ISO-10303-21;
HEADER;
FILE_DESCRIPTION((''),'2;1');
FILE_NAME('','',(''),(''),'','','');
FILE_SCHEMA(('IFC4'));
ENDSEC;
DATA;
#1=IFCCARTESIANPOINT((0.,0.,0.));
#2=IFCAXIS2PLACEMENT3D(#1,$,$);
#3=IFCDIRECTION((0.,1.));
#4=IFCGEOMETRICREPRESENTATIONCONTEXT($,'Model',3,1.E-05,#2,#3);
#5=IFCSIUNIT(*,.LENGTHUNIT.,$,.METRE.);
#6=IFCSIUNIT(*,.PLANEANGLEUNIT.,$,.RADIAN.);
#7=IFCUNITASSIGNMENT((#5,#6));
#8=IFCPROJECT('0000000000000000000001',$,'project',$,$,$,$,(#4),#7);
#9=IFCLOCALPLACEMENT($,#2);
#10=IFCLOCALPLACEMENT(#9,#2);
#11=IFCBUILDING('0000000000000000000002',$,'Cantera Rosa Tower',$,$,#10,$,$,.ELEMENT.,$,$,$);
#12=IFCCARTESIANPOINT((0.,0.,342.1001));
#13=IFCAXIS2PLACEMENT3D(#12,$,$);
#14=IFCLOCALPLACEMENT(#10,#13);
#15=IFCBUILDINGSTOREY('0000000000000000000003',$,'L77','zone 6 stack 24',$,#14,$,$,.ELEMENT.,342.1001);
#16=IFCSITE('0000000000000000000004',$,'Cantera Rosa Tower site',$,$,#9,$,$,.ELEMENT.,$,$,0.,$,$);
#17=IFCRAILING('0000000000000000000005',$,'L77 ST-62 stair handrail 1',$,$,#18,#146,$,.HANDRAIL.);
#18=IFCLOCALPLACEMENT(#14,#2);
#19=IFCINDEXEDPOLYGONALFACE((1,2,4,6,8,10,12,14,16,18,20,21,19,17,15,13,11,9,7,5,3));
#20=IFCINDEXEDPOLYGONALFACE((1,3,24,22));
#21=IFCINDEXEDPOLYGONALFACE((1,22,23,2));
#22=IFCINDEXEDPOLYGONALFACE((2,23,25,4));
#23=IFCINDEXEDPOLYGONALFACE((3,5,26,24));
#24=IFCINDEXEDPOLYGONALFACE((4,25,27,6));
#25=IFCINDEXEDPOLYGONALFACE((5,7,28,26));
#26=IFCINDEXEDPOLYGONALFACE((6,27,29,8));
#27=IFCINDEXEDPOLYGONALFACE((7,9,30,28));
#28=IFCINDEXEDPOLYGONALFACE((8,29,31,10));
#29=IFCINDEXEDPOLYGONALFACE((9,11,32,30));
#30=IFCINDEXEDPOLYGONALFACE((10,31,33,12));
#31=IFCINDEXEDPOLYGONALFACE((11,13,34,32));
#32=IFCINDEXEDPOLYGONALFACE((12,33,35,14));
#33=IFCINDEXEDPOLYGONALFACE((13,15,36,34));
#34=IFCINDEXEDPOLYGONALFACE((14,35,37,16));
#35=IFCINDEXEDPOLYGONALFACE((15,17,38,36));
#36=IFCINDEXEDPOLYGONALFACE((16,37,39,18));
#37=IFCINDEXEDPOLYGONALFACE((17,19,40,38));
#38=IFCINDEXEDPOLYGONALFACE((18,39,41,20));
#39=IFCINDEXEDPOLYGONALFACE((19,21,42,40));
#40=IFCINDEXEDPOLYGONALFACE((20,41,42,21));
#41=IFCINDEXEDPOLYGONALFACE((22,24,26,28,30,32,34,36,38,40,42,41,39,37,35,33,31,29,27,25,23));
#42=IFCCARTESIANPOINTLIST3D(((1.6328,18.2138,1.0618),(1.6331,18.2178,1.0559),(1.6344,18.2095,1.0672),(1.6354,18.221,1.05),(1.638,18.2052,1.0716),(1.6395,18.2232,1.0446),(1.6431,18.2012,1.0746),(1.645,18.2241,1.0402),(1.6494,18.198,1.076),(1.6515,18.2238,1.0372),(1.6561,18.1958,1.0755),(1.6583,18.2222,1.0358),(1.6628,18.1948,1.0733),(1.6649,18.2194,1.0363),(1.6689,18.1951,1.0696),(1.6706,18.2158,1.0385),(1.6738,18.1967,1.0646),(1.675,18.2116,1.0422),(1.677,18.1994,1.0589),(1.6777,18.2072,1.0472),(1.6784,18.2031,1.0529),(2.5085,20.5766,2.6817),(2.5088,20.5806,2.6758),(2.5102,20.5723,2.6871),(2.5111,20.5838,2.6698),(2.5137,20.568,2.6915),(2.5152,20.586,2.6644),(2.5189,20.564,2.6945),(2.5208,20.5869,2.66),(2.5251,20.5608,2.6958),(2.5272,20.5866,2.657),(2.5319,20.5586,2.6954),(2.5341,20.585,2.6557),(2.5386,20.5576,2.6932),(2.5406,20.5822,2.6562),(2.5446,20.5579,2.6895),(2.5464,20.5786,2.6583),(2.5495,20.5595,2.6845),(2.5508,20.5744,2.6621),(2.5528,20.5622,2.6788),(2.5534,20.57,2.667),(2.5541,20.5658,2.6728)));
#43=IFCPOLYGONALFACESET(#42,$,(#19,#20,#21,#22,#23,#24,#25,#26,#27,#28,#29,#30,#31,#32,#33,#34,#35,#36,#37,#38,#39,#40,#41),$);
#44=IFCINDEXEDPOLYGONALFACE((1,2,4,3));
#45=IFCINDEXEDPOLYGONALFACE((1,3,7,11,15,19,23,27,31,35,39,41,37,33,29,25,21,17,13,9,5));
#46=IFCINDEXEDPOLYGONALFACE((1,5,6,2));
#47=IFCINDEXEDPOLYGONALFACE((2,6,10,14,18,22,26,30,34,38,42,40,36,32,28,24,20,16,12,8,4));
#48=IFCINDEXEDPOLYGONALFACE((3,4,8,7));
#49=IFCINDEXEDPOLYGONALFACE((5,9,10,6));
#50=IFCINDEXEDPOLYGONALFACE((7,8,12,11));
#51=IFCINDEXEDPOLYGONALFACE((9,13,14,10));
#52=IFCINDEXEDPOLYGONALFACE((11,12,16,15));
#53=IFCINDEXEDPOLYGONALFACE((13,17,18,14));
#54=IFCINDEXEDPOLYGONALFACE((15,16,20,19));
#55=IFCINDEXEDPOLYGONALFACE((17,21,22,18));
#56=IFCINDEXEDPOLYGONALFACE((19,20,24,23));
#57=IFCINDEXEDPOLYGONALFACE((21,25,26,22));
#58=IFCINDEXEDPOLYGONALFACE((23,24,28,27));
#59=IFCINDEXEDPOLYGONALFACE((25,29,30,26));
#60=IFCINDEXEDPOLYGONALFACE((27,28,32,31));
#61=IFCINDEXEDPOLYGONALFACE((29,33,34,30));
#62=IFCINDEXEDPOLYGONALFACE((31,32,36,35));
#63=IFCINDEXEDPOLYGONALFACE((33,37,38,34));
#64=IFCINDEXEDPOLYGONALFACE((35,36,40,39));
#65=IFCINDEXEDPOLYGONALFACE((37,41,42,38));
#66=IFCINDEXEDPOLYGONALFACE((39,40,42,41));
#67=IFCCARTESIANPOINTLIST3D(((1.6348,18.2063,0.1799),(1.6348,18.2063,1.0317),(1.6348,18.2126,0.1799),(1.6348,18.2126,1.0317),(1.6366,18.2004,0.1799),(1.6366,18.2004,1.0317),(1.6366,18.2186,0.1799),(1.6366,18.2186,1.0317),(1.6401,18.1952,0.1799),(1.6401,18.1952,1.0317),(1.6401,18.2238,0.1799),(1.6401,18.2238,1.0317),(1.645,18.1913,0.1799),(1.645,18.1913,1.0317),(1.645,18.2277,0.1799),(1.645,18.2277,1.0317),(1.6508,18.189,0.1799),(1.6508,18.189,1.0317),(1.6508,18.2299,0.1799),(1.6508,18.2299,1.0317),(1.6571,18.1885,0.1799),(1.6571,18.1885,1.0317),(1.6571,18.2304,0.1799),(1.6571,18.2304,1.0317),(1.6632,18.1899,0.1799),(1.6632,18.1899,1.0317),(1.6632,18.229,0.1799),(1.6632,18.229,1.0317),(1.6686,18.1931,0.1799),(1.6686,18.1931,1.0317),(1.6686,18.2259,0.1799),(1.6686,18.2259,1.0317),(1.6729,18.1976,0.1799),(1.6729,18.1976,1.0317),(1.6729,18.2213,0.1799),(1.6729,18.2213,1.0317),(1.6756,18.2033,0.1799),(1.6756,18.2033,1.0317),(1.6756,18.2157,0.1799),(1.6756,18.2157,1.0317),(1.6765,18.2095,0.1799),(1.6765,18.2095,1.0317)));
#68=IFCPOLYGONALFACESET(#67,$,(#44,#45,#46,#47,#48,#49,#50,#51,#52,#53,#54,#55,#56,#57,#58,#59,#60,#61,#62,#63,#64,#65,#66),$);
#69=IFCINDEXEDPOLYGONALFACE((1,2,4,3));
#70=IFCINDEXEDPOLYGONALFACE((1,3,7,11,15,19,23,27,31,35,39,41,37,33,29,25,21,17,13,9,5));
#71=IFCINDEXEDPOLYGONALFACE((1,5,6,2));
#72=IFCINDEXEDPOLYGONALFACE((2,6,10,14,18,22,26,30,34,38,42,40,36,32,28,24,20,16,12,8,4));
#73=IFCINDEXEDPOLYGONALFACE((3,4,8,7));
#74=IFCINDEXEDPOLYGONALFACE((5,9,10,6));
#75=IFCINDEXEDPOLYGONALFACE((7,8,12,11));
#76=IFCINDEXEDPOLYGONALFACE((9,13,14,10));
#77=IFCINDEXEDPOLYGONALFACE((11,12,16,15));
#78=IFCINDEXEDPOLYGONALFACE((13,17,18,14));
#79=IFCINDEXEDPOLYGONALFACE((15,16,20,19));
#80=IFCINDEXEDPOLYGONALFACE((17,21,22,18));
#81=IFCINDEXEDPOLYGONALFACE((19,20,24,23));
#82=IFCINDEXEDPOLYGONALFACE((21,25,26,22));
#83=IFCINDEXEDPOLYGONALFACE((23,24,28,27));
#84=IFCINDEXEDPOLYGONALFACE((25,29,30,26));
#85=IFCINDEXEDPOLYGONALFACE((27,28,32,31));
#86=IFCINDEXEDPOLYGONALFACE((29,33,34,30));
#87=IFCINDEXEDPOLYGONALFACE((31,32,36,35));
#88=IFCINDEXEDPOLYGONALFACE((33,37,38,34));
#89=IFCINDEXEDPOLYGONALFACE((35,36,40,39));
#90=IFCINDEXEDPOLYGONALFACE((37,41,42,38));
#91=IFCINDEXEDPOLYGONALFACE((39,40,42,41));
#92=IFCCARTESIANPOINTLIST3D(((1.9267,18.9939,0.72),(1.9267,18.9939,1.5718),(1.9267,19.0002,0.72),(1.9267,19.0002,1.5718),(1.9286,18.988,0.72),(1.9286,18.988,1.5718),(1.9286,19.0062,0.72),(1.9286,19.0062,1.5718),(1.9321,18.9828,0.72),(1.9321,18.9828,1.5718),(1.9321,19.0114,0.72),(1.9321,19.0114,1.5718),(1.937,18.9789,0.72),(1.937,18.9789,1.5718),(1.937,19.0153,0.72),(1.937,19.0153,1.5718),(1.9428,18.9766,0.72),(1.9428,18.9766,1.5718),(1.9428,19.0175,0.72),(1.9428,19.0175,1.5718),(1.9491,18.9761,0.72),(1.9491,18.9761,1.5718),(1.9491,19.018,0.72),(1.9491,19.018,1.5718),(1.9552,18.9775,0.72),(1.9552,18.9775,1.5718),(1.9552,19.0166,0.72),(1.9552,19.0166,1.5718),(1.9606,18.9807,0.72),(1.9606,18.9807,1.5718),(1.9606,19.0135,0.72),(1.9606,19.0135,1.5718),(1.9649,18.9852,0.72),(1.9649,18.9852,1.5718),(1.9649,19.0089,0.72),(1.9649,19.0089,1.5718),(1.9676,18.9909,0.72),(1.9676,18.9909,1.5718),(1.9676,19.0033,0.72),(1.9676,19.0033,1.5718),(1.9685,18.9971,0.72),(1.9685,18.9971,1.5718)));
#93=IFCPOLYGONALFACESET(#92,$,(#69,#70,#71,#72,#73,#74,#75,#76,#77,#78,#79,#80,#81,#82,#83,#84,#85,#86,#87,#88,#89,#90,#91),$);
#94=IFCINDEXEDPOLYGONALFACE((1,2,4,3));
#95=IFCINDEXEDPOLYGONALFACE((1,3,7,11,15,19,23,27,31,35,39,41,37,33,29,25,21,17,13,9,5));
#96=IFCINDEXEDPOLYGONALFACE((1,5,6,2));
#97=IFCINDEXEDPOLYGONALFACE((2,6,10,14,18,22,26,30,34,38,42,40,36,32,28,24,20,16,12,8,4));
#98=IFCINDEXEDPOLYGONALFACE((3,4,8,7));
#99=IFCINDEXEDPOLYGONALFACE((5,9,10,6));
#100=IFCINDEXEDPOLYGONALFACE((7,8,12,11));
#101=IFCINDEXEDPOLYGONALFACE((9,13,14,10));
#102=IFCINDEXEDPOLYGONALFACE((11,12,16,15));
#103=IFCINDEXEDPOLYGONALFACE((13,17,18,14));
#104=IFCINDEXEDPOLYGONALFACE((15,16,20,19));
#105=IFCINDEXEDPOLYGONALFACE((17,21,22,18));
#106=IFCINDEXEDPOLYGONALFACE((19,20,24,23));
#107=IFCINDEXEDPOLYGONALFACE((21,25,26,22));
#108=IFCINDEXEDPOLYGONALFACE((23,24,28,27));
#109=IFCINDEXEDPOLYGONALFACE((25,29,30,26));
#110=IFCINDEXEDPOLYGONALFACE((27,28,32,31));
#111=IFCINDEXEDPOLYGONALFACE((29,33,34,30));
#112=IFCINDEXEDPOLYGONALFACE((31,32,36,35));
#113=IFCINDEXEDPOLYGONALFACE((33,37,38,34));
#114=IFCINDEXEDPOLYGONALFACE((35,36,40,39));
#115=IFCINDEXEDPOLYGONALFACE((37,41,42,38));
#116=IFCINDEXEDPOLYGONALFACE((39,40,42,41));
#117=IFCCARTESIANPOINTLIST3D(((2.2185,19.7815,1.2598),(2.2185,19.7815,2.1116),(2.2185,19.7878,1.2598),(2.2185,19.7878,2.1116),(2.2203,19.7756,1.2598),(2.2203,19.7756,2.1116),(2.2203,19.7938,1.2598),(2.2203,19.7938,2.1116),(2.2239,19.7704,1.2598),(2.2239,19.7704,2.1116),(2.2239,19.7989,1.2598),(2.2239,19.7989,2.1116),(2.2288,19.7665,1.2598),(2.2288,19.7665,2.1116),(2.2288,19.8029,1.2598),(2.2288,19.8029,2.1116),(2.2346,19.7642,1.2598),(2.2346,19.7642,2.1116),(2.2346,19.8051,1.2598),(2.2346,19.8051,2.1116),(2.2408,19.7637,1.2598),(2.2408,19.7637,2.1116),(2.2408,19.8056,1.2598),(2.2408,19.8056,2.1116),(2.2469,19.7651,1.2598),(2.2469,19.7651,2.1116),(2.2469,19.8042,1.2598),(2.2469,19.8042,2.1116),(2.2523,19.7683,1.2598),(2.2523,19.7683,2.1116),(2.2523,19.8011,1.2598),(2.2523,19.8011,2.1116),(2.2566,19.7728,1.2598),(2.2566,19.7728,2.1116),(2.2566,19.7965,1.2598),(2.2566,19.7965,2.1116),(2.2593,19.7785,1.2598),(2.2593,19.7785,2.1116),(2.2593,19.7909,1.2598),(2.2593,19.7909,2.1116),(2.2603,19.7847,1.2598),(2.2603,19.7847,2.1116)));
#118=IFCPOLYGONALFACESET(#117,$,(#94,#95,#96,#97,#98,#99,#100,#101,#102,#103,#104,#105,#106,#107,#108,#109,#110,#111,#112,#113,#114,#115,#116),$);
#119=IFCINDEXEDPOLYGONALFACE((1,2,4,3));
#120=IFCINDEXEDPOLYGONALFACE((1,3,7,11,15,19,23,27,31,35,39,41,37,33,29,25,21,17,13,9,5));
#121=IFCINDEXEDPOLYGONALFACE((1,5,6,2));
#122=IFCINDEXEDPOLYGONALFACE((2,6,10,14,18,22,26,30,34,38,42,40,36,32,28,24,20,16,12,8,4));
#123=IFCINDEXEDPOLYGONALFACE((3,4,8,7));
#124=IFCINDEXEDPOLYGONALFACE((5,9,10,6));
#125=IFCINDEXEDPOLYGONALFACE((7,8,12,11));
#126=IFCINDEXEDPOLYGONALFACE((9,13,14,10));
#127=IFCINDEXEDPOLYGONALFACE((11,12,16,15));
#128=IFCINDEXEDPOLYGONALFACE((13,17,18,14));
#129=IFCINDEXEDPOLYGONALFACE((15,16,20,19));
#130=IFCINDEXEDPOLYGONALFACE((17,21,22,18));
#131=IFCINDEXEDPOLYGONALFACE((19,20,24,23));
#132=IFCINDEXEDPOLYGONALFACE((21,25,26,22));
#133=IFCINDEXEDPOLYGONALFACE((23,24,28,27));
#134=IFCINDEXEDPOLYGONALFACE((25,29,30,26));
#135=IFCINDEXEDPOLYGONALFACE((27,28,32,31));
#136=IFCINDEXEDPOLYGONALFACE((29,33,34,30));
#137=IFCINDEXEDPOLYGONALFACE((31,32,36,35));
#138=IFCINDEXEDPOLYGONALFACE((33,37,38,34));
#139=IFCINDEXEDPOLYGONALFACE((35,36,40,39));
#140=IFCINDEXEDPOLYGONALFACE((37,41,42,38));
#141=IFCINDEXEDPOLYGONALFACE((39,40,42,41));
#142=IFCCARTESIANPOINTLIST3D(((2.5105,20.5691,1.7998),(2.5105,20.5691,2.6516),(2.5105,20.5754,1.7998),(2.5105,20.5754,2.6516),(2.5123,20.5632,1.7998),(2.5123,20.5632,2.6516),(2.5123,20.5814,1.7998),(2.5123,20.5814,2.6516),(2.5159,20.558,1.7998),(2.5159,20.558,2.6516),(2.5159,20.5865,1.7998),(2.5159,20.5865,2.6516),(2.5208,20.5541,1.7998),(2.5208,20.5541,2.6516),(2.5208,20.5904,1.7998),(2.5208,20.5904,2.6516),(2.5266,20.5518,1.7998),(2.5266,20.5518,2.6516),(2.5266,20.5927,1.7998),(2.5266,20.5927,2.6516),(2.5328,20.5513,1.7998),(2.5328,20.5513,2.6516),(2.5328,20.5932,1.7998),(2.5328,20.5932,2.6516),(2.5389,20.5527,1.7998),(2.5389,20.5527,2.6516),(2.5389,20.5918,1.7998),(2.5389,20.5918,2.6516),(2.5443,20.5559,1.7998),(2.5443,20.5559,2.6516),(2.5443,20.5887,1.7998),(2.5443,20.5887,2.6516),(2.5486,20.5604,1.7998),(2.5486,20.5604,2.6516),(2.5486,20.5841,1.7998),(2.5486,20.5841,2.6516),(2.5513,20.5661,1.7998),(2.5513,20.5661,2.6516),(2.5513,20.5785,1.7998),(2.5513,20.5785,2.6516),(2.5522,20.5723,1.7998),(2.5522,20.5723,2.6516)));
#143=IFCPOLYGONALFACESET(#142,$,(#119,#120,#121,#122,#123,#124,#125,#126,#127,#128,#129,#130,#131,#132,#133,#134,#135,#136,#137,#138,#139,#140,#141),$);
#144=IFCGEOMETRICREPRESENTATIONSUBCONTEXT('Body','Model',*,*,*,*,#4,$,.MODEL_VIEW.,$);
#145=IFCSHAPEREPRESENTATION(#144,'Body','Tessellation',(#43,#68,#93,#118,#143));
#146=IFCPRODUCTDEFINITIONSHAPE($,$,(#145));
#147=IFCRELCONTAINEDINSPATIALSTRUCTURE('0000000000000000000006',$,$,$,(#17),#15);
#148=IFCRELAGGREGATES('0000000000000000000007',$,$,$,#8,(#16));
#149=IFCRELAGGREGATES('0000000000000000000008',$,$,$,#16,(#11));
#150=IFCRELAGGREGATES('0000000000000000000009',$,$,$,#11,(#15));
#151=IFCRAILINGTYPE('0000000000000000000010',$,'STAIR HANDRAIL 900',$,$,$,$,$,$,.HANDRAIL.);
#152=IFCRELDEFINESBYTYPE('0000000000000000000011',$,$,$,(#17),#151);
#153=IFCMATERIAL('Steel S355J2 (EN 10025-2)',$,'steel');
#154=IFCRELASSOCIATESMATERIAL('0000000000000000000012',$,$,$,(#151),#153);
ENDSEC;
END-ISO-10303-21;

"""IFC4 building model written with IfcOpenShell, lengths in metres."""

from ifc_helpers import new_model, si_unit, direction, frame, origin, origin_2d, place, context, subcontext, project, spatial, circle, extrude, material, type_object, element, save


model = new_model("IFC4")

# Units and contexts
model_context = context("Model", 3, precision=1e-05, world=origin(), true_north=direction((0.0, 1.0)))
body_context = subcontext(model_context, "Body", "Model", "MODEL_VIEW")
ifc_project = project(units=[si_unit("LENGTHUNIT", "METRE"), si_unit("PLANEANGLEUNIT", "RADIAN")], contexts=[model_context])

# Site, building, storey
site_placement = place(None, origin())
site = spatial("IfcSite", under=ifc_project, at=site_placement, Name="Cantera Rosa Tower site", CompositionType="ELEMENT", RefElevation=0.0)
building_placement = place(site_placement, origin())
building = spatial("IfcBuilding", under=site, at=building_placement, Name="Cantera Rosa Tower", CompositionType="ELEMENT")
storey_placement = place(building_placement, frame((0.0, 0.0, 342.1001)))
storey = spatial("IfcBuildingStorey", under=building, at=storey_placement, Name="L77", Description="zone 6 stack 24", CompositionType="ELEMENT", Elevation=342.1001)

# Railing
ifc_material_1 = material(Name="Steel S355J2 (EN 10025-2)", Category="steel")
railing_type_1 = type_object("IfcRailingType", Name="STAIR HANDRAIL 900", PredefinedType="HANDRAIL", material=ifc_material_1)
railing_1_placement = place(storey_placement, frame((1.6555, 18.2095, 0.1799)))
element("IfcRailing", 1, at=railing_1_placement, inside=storey, type_object=railing_type_1, Name="L77 ST-62 stair handrail 1", PredefinedType="HANDRAIL", context=body_context, shape_type="SweptSolid", body=[
    extrude(circle(Radius=0.0239, at=origin_2d()), frame((0.0, 0.0, 0.876), z_axis=(0.292338, 0.788752, 0.540749), x_axis=(-0.937668, 0.347532, 0.0)), (0.0, 0.0, 1.0), 2.9956),
    extrude(circle(Radius=0.021, at=origin_2d()), origin(), (0.0, 0.0, 1.0), 0.8518),
    extrude(circle(Radius=0.021, at=origin_2d()), frame((0.292, 0.7876, 0.54)), (0.0, 0.0, 1.0), 0.8518),
    extrude(circle(Radius=0.021, at=origin_2d()), frame((0.5837, 1.5752, 1.0798)), (0.0, 0.0, 1.0), 0.8518),
    extrude(circle(Radius=0.021, at=origin_2d()), frame((0.8757, 2.3628, 1.6199)), (0.0, 0.0, 1.0), 0.8518),
])

save(model, "model.ifc")
